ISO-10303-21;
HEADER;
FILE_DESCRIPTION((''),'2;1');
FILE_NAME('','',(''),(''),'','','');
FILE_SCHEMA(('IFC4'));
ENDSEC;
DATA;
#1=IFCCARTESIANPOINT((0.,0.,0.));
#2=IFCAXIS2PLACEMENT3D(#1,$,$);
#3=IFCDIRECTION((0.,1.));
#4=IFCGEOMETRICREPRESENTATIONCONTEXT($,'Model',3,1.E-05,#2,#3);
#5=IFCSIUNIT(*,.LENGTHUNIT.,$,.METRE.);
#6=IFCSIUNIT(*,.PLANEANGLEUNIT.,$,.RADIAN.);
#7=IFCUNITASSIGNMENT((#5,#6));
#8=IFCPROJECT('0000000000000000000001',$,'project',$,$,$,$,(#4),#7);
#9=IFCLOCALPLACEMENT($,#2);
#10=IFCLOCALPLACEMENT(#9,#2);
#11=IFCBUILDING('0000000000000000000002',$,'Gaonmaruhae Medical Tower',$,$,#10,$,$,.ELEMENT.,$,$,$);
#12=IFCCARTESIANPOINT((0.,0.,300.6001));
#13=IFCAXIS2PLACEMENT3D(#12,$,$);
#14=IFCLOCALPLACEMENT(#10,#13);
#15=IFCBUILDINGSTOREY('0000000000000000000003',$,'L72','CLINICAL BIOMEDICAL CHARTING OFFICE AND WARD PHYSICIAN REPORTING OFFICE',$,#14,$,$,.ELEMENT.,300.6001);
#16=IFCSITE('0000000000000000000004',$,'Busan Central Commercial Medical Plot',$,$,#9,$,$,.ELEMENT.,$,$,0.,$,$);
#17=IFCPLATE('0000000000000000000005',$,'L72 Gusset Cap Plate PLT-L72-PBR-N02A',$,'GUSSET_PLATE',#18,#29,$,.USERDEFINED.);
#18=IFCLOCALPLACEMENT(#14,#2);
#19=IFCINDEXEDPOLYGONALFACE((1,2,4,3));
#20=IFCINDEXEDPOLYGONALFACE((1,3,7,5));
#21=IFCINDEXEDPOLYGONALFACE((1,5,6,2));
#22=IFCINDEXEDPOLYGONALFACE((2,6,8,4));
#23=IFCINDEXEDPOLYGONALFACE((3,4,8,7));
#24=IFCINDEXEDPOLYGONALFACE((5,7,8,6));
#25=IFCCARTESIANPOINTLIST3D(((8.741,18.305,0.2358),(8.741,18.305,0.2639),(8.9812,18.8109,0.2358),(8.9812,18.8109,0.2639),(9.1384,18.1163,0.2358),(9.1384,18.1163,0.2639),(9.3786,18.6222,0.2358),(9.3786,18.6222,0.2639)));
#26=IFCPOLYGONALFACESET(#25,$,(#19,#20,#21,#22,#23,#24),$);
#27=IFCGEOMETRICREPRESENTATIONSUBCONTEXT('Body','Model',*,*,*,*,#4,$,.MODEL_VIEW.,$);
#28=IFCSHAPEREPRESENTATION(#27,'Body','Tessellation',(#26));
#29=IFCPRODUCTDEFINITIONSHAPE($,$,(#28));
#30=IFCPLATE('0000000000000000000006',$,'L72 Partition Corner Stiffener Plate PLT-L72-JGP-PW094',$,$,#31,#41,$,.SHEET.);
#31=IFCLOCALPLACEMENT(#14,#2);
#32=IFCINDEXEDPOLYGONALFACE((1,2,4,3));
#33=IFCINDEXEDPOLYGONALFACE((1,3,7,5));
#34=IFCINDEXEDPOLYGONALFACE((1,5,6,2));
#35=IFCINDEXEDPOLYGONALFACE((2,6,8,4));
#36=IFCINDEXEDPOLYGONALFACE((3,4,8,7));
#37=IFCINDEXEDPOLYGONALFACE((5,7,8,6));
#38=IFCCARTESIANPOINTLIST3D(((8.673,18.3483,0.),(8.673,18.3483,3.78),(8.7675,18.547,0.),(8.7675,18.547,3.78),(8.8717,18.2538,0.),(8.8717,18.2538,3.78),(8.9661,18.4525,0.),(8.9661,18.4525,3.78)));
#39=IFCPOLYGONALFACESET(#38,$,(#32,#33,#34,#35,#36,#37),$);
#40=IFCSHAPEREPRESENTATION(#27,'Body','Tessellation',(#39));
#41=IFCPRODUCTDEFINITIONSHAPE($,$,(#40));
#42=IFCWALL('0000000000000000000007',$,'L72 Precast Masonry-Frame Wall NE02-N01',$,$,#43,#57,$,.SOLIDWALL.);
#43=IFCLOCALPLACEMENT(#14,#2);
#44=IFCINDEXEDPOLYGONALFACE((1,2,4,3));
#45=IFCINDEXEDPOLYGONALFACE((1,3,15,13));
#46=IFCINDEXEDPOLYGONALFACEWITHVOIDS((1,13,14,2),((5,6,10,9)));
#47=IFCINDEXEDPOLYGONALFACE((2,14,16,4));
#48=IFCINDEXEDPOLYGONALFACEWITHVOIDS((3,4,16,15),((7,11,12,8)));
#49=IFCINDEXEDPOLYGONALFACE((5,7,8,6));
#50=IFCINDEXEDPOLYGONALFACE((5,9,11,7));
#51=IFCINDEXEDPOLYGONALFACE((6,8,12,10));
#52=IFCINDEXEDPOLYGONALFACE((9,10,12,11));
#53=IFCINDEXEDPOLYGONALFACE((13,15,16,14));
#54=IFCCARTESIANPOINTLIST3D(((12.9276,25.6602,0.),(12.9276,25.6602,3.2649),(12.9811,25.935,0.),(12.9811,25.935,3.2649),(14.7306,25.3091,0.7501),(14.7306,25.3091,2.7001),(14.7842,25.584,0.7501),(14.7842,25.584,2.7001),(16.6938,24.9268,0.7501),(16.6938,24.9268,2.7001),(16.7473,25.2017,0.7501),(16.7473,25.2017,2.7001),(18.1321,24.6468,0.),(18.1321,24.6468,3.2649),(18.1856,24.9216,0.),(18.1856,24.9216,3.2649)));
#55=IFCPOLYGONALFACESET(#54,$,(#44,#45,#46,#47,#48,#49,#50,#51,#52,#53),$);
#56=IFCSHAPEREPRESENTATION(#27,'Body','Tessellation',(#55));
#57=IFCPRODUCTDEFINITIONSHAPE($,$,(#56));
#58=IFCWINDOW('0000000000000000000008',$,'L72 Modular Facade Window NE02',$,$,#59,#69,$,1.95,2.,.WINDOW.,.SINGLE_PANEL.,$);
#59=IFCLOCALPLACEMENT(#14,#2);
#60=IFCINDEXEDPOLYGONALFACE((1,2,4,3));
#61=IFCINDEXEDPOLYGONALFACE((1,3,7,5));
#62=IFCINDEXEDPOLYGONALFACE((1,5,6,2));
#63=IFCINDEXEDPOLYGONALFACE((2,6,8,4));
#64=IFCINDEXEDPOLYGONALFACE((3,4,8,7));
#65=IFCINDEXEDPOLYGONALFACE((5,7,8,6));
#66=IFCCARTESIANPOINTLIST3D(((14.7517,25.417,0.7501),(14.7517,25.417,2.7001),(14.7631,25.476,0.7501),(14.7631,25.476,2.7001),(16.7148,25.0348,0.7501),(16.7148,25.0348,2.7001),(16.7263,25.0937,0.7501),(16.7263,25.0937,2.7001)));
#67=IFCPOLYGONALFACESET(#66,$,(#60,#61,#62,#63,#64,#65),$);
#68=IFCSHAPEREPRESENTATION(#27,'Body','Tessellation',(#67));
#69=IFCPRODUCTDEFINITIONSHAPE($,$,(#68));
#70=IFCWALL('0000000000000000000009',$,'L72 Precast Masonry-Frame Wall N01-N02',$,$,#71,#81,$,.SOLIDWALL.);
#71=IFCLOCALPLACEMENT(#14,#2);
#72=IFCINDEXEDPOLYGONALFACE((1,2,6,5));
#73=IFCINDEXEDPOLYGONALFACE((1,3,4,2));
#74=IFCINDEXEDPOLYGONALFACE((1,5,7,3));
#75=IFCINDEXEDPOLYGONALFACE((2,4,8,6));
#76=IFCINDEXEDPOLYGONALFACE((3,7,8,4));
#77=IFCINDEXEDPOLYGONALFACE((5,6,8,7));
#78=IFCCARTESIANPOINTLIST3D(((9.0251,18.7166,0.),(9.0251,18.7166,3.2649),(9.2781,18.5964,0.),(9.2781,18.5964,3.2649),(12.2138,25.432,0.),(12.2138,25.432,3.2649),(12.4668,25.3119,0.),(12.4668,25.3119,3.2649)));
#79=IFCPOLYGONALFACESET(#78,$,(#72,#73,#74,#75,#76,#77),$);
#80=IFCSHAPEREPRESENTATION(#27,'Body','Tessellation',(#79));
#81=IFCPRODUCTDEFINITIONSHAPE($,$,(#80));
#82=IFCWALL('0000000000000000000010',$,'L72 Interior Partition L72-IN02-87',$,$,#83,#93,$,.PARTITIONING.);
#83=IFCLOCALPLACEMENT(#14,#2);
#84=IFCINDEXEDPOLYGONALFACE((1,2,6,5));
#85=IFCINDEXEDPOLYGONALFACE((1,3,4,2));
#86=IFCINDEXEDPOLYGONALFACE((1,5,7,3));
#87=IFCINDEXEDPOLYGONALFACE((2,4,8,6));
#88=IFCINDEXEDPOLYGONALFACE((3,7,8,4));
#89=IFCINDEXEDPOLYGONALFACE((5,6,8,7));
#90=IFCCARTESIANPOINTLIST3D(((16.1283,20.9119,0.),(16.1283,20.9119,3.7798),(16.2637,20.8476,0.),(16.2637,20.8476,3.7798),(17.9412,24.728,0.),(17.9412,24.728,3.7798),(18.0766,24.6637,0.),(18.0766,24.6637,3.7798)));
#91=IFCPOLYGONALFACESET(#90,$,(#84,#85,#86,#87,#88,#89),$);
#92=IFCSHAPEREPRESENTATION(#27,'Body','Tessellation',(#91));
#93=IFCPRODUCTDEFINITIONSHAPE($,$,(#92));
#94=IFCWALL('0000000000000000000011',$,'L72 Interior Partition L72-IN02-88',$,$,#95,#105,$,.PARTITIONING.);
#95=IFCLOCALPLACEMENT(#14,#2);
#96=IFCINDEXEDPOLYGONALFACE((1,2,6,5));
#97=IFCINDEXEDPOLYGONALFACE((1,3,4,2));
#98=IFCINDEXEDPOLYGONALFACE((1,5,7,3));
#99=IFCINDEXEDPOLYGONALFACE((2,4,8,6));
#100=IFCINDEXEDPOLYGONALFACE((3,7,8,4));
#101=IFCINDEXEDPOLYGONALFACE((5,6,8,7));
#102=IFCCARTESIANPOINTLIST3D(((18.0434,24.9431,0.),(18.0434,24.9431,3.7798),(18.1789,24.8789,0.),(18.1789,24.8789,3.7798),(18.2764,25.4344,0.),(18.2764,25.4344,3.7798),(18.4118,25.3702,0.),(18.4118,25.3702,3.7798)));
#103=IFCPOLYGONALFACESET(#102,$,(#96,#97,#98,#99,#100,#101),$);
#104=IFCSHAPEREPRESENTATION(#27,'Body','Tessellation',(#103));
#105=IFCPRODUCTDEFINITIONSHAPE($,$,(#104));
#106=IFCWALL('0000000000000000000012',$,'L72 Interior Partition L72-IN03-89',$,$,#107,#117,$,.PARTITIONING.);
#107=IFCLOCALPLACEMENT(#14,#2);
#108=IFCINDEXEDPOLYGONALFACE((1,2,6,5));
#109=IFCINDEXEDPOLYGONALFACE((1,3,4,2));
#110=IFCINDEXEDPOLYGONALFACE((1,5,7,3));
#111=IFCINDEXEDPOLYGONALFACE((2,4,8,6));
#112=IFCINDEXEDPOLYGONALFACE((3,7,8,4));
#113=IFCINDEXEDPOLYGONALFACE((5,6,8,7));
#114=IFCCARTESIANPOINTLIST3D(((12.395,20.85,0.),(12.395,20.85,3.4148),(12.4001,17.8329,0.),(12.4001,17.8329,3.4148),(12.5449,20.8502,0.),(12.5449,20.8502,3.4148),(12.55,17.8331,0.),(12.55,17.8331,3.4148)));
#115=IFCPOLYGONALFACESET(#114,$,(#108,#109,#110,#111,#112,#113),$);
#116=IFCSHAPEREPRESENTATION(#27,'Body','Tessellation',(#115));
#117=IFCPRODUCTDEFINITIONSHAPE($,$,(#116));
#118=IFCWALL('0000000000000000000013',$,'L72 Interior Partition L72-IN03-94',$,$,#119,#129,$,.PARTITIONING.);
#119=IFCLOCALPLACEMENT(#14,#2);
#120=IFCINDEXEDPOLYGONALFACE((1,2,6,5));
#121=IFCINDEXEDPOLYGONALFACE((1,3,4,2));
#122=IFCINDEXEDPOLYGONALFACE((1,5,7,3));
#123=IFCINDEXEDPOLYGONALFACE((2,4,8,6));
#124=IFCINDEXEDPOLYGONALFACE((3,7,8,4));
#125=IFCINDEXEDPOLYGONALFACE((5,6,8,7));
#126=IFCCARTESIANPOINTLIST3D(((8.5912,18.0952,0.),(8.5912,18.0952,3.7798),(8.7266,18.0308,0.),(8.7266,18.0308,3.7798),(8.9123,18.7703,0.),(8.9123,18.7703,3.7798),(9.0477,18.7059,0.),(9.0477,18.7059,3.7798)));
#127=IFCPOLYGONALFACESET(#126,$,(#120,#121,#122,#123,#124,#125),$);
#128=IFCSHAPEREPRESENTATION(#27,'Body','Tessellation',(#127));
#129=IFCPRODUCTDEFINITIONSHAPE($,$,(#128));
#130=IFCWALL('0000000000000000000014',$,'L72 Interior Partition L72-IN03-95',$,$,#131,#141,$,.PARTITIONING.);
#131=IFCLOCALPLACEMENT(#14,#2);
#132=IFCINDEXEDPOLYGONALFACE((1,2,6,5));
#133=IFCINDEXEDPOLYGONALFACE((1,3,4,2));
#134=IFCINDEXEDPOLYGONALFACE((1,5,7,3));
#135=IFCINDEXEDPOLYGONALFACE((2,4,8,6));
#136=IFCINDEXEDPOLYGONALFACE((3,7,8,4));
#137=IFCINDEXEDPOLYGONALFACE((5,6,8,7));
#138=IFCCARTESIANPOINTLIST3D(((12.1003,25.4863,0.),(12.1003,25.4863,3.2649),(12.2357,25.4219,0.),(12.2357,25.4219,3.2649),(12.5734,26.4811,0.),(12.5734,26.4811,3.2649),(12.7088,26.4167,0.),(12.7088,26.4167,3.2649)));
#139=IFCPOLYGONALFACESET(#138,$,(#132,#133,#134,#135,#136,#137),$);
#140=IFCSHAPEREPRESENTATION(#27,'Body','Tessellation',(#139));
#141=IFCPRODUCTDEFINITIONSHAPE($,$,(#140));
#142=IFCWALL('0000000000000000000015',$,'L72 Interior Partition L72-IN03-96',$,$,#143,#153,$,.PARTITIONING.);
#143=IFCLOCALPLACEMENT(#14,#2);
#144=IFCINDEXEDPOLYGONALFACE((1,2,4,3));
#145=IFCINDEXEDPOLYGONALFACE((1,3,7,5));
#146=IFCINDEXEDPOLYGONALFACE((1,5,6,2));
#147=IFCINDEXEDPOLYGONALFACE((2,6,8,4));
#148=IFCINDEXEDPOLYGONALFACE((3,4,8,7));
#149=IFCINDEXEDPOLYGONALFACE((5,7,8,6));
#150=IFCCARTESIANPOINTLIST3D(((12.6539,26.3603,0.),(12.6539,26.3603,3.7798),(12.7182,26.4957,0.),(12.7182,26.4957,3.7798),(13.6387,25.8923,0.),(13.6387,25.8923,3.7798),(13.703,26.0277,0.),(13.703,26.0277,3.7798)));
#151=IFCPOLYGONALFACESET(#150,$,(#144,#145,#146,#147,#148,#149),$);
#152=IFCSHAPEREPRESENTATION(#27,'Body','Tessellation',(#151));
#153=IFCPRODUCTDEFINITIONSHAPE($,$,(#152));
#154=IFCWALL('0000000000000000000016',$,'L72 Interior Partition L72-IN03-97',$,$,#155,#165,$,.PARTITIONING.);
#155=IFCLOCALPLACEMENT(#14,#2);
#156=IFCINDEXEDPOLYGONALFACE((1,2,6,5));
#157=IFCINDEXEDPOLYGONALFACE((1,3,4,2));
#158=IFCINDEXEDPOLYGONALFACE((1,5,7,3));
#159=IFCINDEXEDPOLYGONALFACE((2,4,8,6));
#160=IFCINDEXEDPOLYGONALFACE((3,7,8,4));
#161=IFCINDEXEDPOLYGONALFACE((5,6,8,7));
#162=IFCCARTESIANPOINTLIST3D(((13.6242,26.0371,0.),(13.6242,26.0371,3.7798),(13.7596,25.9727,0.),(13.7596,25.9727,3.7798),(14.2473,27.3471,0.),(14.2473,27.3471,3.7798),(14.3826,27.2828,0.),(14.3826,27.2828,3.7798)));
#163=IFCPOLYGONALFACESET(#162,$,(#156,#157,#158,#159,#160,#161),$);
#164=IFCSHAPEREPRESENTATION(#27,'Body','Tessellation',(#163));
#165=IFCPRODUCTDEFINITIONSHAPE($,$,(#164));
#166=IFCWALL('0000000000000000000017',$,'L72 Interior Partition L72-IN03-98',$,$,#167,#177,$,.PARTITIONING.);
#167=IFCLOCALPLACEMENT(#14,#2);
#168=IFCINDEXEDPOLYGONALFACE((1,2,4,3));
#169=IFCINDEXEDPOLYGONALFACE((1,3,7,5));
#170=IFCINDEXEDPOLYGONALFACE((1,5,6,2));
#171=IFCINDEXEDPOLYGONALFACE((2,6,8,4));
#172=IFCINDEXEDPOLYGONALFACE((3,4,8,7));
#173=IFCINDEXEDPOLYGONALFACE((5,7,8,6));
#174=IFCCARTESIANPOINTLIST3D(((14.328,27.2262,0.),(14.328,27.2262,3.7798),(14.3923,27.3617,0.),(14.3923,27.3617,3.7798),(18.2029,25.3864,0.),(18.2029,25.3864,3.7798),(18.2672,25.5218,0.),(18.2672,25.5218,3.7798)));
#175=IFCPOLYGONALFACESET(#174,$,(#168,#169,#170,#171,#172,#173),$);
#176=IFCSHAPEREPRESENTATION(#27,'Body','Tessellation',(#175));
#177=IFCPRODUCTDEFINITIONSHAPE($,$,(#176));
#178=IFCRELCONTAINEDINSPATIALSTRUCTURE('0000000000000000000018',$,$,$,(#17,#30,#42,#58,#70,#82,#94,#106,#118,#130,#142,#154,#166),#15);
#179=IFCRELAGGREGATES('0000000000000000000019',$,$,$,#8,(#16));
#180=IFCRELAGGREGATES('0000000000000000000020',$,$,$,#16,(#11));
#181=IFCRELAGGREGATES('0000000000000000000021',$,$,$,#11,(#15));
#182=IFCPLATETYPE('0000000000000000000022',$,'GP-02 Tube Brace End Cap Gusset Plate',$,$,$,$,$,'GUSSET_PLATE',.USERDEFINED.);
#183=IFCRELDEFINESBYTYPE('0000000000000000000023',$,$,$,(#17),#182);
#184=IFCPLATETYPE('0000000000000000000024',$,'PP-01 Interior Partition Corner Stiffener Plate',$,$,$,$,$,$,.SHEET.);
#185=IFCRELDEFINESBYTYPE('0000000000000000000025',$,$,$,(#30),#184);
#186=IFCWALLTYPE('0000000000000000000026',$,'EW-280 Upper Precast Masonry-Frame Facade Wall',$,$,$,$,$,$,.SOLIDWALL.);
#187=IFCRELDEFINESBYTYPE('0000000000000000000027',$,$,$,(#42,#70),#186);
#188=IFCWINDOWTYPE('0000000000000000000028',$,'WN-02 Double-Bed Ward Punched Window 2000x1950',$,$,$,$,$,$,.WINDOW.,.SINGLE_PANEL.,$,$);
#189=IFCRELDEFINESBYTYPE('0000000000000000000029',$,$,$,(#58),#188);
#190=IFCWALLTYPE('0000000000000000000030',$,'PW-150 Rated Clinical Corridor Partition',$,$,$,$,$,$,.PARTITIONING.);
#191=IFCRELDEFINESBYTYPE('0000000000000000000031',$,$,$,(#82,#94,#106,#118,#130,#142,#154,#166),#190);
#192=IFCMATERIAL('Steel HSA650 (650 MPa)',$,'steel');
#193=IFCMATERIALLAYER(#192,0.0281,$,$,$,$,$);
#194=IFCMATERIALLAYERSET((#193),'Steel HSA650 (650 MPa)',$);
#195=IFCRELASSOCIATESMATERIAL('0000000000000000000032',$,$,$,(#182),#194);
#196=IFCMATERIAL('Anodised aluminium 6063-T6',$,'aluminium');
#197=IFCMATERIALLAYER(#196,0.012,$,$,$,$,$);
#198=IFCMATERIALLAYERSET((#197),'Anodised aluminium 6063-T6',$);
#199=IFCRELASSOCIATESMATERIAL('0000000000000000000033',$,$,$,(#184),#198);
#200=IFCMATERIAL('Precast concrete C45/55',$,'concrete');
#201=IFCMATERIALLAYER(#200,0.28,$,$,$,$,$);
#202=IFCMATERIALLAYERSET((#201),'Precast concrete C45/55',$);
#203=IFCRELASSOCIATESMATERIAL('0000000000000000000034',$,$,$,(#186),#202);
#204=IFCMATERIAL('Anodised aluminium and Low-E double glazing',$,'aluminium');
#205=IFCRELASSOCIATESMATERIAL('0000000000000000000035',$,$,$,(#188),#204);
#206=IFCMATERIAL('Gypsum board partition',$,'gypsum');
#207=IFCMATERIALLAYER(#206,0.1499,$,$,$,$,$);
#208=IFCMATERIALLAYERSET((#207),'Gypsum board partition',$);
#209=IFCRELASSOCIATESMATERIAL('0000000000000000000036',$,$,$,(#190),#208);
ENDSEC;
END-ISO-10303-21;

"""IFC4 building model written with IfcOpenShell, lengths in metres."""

from ifc_helpers import new_model, si_unit, direction, frame, frame_2d, origin, origin_2d, place, context, subcontext, project, spatial, rectangle, extrude, material, layer, layer_set, type_object, element, fill, save


model = new_model("IFC4")

# Units and contexts
model_context = context("Model", 3, precision=1e-05, world=origin(), true_north=direction((0.0, 1.0)))
body_context = subcontext(model_context, "Body", "Model", "MODEL_VIEW")
ifc_project = project(units=[si_unit("LENGTHUNIT", "METRE"), si_unit("PLANEANGLEUNIT", "RADIAN")], contexts=[model_context])

# Site, building, storey
site_placement = place(None, origin())
site = spatial("IfcSite", under=ifc_project, at=site_placement, Name="Busan Central Commercial Medical Plot", CompositionType="ELEMENT", RefElevation=0.0)
building_placement = place(site_placement, origin())
building = spatial("IfcBuilding", under=site, at=building_placement, Name="Gaonmaruhae Medical Tower", CompositionType="ELEMENT")
storey_placement = place(building_placement, frame((0.0, 0.0, 300.6001)))
storey = spatial("IfcBuildingStorey", under=building, at=storey_placement, Name="L72", Description="CLINICAL BIOMEDICAL CHARTING OFFICE AND WARD PHYSICIAN REPORTING OFFICE", CompositionType="ELEMENT", Elevation=300.6001)

# Plates
ifc_material_1 = material(Name="Steel HSA650 (650 MPa)", Category="steel")
ifc_layer_1 = layer(ifc_material_1, 0.0281)
ifc_layer_set_1 = layer_set([ifc_layer_1], Name="Steel HSA650 (650 MPa)")
plate_type_1 = type_object("IfcPlateType", Name="GP-02 Tube Brace End Cap Gusset Plate", ElementType="GUSSET_PLATE", PredefinedType="USERDEFINED", material=ifc_layer_set_1)
plate_1_placement = place(storey_placement, frame((9.0598, 18.4636, 0.2358), z_axis=(0.0, 0.0, 1.0), x_axis=(0.428935, 0.903335, 0.0)))
element("IfcPlate", 1, at=plate_1_placement, inside=storey, type_object=plate_type_1, Name="L72 Gusset Cap Plate PLT-L72-PBR-N02A", ObjectType="GUSSET_PLATE", PredefinedType="USERDEFINED", context=body_context, shape_type="SweptSolid", body=[
    extrude(rectangle(XDim=0.5601, YDim=0.4399, at=origin_2d()), origin(), (0.0, 0.0, 1.0), 0.0281),
])
ifc_material_2 = material(Name="Anodised aluminium 6063-T6", Category="aluminium")
ifc_layer_2 = layer(ifc_material_2, 0.012)
ifc_layer_set_2 = layer_set([ifc_layer_2], Name="Anodised aluminium 6063-T6")
plate_type_2 = type_object("IfcPlateType", Name="PP-01 Interior Partition Corner Stiffener Plate", PredefinedType="SHEET", material=ifc_layer_set_2)
plate_2_placement = place(storey_placement, frame((8.8196, 18.4004, 0.0), z_axis=(0.0, 0.0, 1.0), x_axis=(0.429471, 0.903081, 0.0)))
element("IfcPlate", 2, at=plate_2_placement, inside=storey, type_object=plate_type_2, Name="L72 Partition Corner Stiffener Plate PLT-L72-JGP-PW094", PredefinedType="SHEET", context=body_context, shape_type="SweptSolid", body=[
    extrude(rectangle(XDim=0.22, YDim=0.22, at=origin_2d()), origin(), (0.0, 0.0, 1.0), 3.78),
])

# Wall, opening, window
ifc_material_3 = material(Name="Precast concrete C45/55", Category="concrete")
ifc_layer_3 = layer(ifc_material_3, 0.28)
ifc_layer_set_3 = layer_set([ifc_layer_3], Name="Precast concrete C45/55")
wall_type_1 = type_object("IfcWallType", Name="EW-280 Upper Precast Masonry-Frame Facade Wall", PredefinedType="SOLIDWALL", material=ifc_layer_set_3)
wall_1_placement = place(storey_placement, frame((12.9543, 25.7976, 0.0), z_axis=(0.0, 0.0, 1.0), x_axis=(0.981565, -0.191128, 0.0)))
wall_1 = element("IfcWall", 3, at=wall_1_placement, inside=storey, type_object=wall_type_1, Name="L72 Precast Masonry-Frame Wall NE02-N01", PredefinedType="SOLIDWALL", context=body_context, shape_type="SweptSolid", body=[
    extrude(rectangle(XDim=5.3022, YDim=0.28, at=frame_2d((2.6511, 0.0))), origin(), (0.0, 0.0, 1.0), 3.2649),
])
opening_1_placement = place(wall_1_placement, frame((1.8369, 0.0, 0.75)))
opening_1 = element("IfcOpeningElement", 4, at=opening_1_placement, cuts=wall_1, PredefinedType="OPENING", context=body_context, shape_type="SweptSolid", body=[
    extrude(rectangle(XDim=2.0, YDim=1.95, at=frame_2d((1.0, 0.9751))), frame((0.0, 0.1499, 0.0), z_axis=(0.0, -1.0, 0.0), x_axis=(1.0, 0.0, 0.0)), (0.0, 0.0, 1.0), 0.3),
])
ifc_material_4 = material(Name="Anodised aluminium and Low-E double glazing", Category="aluminium")
window_type = type_object("IfcWindowType", Name="WN-02 Double-Bed Ward Punched Window 2000x1950", PartitioningType="SINGLE_PANEL", PredefinedType="WINDOW", material=ifc_material_4)
window_placement = place(opening_1_placement, origin())
window = element("IfcWindow", 5, at=window_placement, inside=storey, type_object=window_type, Name="L72 Modular Facade Window NE02", OverallHeight=1.95, OverallWidth=2.0, PartitioningType="SINGLE_PANEL", PredefinedType="WINDOW", context=body_context, shape_type="SweptSolid", body=[
    extrude(rectangle(XDim=2.0, YDim=1.95, at=frame_2d((1.0, 0.9751))), frame((0.0, 0.03, 0.0), z_axis=(0.0, -1.0, 0.0), x_axis=(1.0, 0.0, 0.0)), (0.0, 0.0, 1.0), 0.0601),
])
fill(opening_1, window)

# Walls
wall_2_placement = place(storey_placement, frame((9.1516, 18.6565, 0.0), z_axis=(0.0, 0.0, 1.0), x_axis=(0.428928, 0.903339, 0.0)))
element("IfcWall", 6, at=wall_2_placement, inside=storey, type_object=wall_type_1, Name="L72 Precast Masonry-Frame Wall N01-N02", PredefinedType="SOLIDWALL", context=body_context, shape_type="SweptSolid", body=[
    extrude(rectangle(XDim=7.4341, YDim=0.28, at=frame_2d((3.717, 0.0))), origin(), (0.0, 0.0, 1.0), 3.2649),
])
ifc_material_5 = material(Name="Gypsum board partition", Category="gypsum")
ifc_layer_4 = layer(ifc_material_5, 0.1499)
ifc_layer_set_4 = layer_set([ifc_layer_4], Name="Gypsum board partition")
wall_type_2 = type_object("IfcWallType", Name="PW-150 Rated Clinical Corridor Partition", PredefinedType="PARTITIONING", material=ifc_layer_set_4)
wall_3_placement = place(storey_placement, frame((16.196, 20.8799, 0.0), z_axis=(0.0, 0.0, 1.0), x_axis=(0.429117, 0.903249, 0.0)))
element("IfcWall", 7, at=wall_3_placement, inside=storey, type_object=wall_type_2, Name="L72 Interior Partition L72-IN02-87", PredefinedType="PARTITIONING", context=body_context, shape_type="SweptSolid", body=[
    extrude(rectangle(XDim=4.2249, YDim=0.1499, at=frame_2d((2.1123, 0.0))), origin(), (0.0, 0.0, 1.0), 3.7798),
])
wall_4_placement = place(storey_placement, frame((18.1111, 24.9109, 0.0), z_axis=(0.0, 0.0, 1.0), x_axis=(0.428434, 0.903573, 0.0)))
element("IfcWall", 8, at=wall_4_placement, inside=storey, type_object=wall_type_2, Name="L72 Interior Partition L72-IN02-88", PredefinedType="PARTITIONING", context=body_context, shape_type="SweptSolid", body=[
    extrude(rectangle(XDim=0.5437, YDim=0.1499, at=frame_2d((0.272, 0.0))), origin(), (0.0, 0.0, 1.0), 3.7798),
])
wall_5_placement = place(storey_placement, frame((12.47, 20.8501, 0.0), z_axis=(0.0, 0.0, 1.0), x_axis=(0.001699, -0.999999, 0.0)))
element("IfcWall", 9, at=wall_5_placement, inside=storey, type_object=wall_type_2, Name="L72 Interior Partition L72-IN03-89", PredefinedType="PARTITIONING", context=body_context, shape_type="SweptSolid", body=[
    extrude(rectangle(XDim=3.0171, YDim=0.1499, at=frame_2d((1.5085, 0.0))), origin(), (0.0, 0.0, 1.0), 3.4148),
])
wall_6_placement = place(storey_placement, frame((8.6589, 18.063, 0.0), z_axis=(0.0, 0.0, 1.0), x_axis=(0.42949, 0.903072, 0.0)))
element("IfcWall", 10, at=wall_6_placement, inside=storey, type_object=wall_type_2, Name="L72 Interior Partition L72-IN03-94", PredefinedType="PARTITIONING", context=body_context, shape_type="SweptSolid", body=[
    extrude(rectangle(XDim=0.7476, YDim=0.1499, at=frame_2d((0.3738, 0.0))), origin(), (0.0, 0.0, 1.0), 3.7798),
])
wall_7_placement = place(storey_placement, frame((12.168, 25.4541, 0.0), z_axis=(0.0, 0.0, 1.0), x_axis=(0.429486, 0.903073, 0.0)))
element("IfcWall", 11, at=wall_7_placement, inside=storey, type_object=wall_type_2, Name="L72 Interior Partition L72-IN03-95", PredefinedType="PARTITIONING", context=body_context, shape_type="SweptSolid", body=[
    extrude(rectangle(XDim=1.1016, YDim=0.1499, at=frame_2d((0.5508, 0.0))), origin(), (0.0, 0.0, 1.0), 3.2649),
])
wall_8_placement = place(storey_placement, frame((12.686, 26.428, 0.0), z_axis=(0.0, 0.0, 1.0), x_axis=(0.903204, -0.429212, 0.0)))
element("IfcWall", 12, at=wall_8_placement, inside=storey, type_object=wall_type_2, Name="L72 Interior Partition L72-IN03-96", PredefinedType="PARTITIONING", context=body_context, shape_type="SweptSolid", body=[
    extrude(rectangle(XDim=1.0903, YDim=0.1499, at=frame_2d((0.5452, 0.0))), origin(), (0.0, 0.0, 1.0), 3.7798),
])
wall_9_placement = place(storey_placement, frame((13.6919, 26.0049, 0.0), z_axis=(0.0, 0.0, 1.0), x_axis=(0.429489, 0.903072, 0.0)))
element("IfcWall", 13, at=wall_9_placement, inside=storey, type_object=wall_type_2, Name="L72 Interior Partition L72-IN03-97", PredefinedType="PARTITIONING", context=body_context, shape_type="SweptSolid", body=[
    extrude(rectangle(XDim=1.4507, YDim=0.1499, at=frame_2d((0.7253, 0.0))), origin(), (0.0, 0.0, 1.0), 3.7798),
])
wall_10_placement = place(storey_placement, frame((14.3601, 27.2939, 0.0), z_axis=(0.0, 0.0, 1.0), x_axis=(0.903348, -0.428908, 0.0)))
element("IfcWall", 14, at=wall_10_placement, inside=storey, type_object=wall_type_2, Name="L72 Interior Partition L72-IN03-98", PredefinedType="PARTITIONING", context=body_context, shape_type="SweptSolid", body=[
    extrude(rectangle(XDim=4.2896, YDim=0.1499, at=frame_2d((2.1448, 0.0))), origin(), (0.0, 0.0, 1.0), 3.7798),
])

save(model, "model.ifc")
